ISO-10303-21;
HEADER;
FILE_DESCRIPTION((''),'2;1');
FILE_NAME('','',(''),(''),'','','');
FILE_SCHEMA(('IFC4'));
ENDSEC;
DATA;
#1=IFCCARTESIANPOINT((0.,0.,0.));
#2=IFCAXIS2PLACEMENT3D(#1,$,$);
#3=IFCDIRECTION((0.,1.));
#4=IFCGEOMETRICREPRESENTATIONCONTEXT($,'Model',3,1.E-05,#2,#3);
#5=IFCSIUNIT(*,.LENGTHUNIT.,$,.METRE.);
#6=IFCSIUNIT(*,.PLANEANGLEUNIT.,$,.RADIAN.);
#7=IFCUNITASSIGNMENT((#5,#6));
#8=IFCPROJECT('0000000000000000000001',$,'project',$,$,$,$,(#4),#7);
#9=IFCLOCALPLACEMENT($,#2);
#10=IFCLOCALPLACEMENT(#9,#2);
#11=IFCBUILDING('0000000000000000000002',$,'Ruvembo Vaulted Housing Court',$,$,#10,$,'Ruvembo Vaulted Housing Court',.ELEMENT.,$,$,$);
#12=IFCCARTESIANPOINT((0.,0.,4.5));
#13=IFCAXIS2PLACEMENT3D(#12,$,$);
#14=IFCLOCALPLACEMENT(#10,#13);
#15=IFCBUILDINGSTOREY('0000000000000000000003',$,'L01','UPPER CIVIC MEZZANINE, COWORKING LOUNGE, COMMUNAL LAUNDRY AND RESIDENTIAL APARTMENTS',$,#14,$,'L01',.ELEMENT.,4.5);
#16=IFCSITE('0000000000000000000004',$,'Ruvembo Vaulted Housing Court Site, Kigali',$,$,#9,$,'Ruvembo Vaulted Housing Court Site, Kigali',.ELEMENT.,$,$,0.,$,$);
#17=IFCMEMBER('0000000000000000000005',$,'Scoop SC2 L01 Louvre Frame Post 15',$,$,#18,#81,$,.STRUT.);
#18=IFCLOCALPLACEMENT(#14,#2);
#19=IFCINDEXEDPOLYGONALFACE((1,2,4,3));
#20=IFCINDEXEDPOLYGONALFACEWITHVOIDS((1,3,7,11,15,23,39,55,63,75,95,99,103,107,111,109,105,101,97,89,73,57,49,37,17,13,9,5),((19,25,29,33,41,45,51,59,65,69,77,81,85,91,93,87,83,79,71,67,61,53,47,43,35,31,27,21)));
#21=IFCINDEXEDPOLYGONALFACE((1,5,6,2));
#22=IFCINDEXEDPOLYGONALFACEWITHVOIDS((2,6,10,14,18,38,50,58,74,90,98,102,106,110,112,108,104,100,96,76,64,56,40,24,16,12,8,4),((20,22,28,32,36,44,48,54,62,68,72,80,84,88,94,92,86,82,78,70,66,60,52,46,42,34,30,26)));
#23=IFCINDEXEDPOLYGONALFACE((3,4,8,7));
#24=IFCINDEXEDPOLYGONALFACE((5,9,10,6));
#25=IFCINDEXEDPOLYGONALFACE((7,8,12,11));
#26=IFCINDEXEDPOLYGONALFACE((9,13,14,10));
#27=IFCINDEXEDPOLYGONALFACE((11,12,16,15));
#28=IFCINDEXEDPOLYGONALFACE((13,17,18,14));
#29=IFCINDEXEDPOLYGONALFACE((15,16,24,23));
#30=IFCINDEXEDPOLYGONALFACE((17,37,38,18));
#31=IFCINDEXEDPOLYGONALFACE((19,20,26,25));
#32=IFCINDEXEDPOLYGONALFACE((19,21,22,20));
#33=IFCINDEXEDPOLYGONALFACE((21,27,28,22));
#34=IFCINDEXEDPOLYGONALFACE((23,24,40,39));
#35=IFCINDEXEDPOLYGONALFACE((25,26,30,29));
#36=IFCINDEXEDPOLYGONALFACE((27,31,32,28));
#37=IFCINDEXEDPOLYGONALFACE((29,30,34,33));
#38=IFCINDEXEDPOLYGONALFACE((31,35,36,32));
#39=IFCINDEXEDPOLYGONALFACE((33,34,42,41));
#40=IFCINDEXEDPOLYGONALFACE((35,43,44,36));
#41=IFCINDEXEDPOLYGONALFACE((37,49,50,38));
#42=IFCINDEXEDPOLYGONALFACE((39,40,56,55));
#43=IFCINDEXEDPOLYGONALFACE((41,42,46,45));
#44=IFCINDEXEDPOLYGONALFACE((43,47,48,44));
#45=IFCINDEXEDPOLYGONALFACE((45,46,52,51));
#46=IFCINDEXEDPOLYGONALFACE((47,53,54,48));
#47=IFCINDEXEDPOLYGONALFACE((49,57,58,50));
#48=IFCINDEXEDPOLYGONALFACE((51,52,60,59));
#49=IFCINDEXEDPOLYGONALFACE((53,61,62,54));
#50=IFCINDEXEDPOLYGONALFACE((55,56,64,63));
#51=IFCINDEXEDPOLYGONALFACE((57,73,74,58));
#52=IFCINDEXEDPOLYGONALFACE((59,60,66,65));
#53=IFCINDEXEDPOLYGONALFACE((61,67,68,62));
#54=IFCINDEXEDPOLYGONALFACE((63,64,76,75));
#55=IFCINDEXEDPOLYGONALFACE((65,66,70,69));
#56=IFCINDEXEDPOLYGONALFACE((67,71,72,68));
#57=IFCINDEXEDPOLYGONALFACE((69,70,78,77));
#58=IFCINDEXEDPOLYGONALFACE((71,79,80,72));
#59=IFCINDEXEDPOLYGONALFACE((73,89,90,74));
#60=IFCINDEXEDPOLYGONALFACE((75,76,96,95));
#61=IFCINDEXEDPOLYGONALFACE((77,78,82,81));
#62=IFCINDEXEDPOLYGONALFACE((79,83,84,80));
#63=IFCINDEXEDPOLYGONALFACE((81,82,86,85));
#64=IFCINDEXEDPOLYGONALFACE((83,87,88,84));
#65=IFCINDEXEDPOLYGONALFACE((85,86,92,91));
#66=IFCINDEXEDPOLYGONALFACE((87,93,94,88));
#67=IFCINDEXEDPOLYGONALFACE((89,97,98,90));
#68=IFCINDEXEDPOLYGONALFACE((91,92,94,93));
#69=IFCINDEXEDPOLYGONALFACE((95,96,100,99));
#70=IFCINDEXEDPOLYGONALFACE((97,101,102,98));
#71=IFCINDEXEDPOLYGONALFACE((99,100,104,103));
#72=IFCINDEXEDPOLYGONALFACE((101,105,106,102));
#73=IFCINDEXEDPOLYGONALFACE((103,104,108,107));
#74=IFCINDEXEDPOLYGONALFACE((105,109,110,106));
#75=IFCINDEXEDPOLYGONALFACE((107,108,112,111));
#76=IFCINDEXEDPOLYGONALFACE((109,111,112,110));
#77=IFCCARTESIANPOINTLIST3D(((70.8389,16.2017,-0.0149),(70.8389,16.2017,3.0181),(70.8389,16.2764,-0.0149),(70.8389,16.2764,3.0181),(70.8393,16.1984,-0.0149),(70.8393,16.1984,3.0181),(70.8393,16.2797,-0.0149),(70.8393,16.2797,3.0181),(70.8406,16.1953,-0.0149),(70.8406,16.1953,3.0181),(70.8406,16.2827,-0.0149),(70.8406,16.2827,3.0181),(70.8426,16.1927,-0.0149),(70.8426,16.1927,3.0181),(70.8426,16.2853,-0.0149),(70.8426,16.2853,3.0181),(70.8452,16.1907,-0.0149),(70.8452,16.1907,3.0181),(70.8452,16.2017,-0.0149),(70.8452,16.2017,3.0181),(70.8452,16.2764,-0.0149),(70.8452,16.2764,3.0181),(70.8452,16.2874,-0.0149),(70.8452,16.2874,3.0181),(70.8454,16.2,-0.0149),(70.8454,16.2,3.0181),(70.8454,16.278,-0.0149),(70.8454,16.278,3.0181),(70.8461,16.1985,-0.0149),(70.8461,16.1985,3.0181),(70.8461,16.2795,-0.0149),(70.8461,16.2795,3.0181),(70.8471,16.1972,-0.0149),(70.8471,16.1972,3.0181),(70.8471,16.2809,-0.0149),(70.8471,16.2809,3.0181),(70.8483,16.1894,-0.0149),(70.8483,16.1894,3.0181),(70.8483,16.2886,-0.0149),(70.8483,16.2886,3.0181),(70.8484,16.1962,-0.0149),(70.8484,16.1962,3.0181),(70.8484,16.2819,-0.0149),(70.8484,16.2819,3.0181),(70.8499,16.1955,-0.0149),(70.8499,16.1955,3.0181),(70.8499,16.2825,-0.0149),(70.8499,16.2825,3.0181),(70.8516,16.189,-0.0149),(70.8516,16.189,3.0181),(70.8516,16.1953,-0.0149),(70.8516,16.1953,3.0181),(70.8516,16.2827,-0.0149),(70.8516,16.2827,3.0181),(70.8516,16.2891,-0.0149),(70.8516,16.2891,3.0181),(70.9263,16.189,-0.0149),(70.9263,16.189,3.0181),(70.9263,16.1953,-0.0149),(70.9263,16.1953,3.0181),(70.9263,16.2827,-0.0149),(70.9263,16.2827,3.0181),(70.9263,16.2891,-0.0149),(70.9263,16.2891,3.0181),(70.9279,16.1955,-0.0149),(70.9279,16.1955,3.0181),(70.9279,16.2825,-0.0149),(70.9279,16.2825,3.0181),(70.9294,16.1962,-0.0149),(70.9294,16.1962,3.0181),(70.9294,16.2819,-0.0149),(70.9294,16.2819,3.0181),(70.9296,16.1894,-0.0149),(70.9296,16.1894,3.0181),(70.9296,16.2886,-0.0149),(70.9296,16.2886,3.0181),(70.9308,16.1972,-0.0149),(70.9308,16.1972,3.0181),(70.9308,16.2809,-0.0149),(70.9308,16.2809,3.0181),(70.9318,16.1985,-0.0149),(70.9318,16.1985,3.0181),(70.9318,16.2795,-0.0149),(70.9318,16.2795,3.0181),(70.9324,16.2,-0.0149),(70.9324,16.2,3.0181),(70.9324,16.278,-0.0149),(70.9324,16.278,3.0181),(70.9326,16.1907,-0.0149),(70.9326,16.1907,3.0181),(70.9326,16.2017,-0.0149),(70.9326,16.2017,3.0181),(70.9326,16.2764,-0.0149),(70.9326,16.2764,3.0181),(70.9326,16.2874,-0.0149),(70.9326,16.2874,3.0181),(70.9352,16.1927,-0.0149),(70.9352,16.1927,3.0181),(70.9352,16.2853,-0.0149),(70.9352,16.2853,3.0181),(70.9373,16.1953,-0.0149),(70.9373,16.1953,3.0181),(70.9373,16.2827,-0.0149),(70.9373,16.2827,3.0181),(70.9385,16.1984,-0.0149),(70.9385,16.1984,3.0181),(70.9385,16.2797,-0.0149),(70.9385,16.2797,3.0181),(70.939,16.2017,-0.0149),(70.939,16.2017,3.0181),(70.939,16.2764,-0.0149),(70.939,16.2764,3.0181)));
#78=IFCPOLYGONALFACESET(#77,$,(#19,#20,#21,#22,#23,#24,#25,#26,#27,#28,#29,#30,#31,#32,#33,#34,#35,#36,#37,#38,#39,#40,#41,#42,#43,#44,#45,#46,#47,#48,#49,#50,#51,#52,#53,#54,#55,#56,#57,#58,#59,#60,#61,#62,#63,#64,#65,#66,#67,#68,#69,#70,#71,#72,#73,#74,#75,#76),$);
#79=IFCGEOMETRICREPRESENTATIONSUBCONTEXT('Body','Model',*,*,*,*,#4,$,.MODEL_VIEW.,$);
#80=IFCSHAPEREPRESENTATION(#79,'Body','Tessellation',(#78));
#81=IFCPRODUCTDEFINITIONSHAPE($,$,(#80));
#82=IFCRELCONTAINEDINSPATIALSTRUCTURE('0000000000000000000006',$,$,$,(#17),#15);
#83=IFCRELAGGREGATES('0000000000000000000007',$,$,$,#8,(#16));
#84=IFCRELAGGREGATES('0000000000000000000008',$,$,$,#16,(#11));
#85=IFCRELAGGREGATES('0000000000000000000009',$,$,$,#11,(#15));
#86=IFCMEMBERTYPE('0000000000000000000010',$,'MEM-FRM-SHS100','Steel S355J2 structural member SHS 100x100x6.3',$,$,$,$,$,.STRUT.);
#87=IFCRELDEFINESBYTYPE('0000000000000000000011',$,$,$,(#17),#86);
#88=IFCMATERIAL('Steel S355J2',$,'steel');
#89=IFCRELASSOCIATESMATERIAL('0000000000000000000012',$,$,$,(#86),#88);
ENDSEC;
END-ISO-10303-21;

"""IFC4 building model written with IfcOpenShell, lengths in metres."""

from ifc_helpers import new_model, si_unit, direction, frame, origin, origin_2d, place, context, subcontext, project, spatial, hollow_rectangle, extrude, material, material_profile, profile_set, type_object, element, save


model = new_model("IFC4")

# Units and contexts
model_context = context("Model", 3, precision=1e-05, world=origin(), true_north=direction((0.0, 1.0)))
body_context = subcontext(model_context, "Body", "Model", "MODEL_VIEW")
ifc_project = project(units=[si_unit("LENGTHUNIT", "METRE"), si_unit("PLANEANGLEUNIT", "RADIAN")], contexts=[model_context])

# Site, building, storey
site_placement = place(None, origin())
site = spatial("IfcSite", under=ifc_project, at=site_placement, Name="Ruvembo Vaulted Housing Court Site, Kigali", LongName="Ruvembo Vaulted Housing Court Site, Kigali", CompositionType="ELEMENT", RefElevation=0.0)
building_placement = place(site_placement, origin())
building = spatial("IfcBuilding", under=site, at=building_placement, Name="Ruvembo Vaulted Housing Court", LongName="Ruvembo Vaulted Housing Court", CompositionType="ELEMENT")
storey_placement = place(building_placement, frame((0.0, 0.0, 4.5)))
storey = spatial("IfcBuildingStorey", under=building, at=storey_placement, Name="L01", Description="UPPER CIVIC MEZZANINE, COWORKING LOUNGE, COMMUNAL LAUNDRY AND RESIDENTIAL APARTMENTS", LongName="L01", CompositionType="ELEMENT", Elevation=4.5)

# Shared definitions
ifc_material_1 = material(Name="Steel S355J2", Category="steel")

# Member
ifc_material_profile_1 = material_profile(ifc_material_1, hollow_rectangle(XDim=0.1001, YDim=0.1001, WallThickness=0.0063, InnerFilletRadius=0.0063, OuterFilletRadius=0.0127, at=origin_2d()), Name="SHS 100x100x6.3")
ifc_profile_set_1 = profile_set([ifc_material_profile_1], Name="Steel S355J2")
member_type_1 = type_object("IfcMemberType", Name="MEM-FRM-SHS100", Description="Steel S355J2 structural member SHS 100x100x6.3", PredefinedType="STRUT", material=ifc_profile_set_1)
for number, where, z_axis, x_axis, name in (
    (1, (70.8889, 16.239, -0.0149), (0.0, 0.0, 1.0), (1.0, 0.0, 0.0), "Scoop SC2 L01 Louvre Frame Post 15"),
):
    element("IfcMember", number, at=place(storey_placement, frame(where, z_axis=z_axis, x_axis=x_axis)), inside=storey, type_object=member_type_1, Name=name, PredefinedType="STRUT", context=body_context, shape_type="SweptSolid", body=[
        extrude(hollow_rectangle(XDim=0.1001, YDim=0.1001, WallThickness=0.0063, InnerFilletRadius=0.0063, OuterFilletRadius=0.0127, at=origin_2d()), origin(), (0.0, 0.0, 1.0), 3.033),
    ])

save(model, "model.ifc")
